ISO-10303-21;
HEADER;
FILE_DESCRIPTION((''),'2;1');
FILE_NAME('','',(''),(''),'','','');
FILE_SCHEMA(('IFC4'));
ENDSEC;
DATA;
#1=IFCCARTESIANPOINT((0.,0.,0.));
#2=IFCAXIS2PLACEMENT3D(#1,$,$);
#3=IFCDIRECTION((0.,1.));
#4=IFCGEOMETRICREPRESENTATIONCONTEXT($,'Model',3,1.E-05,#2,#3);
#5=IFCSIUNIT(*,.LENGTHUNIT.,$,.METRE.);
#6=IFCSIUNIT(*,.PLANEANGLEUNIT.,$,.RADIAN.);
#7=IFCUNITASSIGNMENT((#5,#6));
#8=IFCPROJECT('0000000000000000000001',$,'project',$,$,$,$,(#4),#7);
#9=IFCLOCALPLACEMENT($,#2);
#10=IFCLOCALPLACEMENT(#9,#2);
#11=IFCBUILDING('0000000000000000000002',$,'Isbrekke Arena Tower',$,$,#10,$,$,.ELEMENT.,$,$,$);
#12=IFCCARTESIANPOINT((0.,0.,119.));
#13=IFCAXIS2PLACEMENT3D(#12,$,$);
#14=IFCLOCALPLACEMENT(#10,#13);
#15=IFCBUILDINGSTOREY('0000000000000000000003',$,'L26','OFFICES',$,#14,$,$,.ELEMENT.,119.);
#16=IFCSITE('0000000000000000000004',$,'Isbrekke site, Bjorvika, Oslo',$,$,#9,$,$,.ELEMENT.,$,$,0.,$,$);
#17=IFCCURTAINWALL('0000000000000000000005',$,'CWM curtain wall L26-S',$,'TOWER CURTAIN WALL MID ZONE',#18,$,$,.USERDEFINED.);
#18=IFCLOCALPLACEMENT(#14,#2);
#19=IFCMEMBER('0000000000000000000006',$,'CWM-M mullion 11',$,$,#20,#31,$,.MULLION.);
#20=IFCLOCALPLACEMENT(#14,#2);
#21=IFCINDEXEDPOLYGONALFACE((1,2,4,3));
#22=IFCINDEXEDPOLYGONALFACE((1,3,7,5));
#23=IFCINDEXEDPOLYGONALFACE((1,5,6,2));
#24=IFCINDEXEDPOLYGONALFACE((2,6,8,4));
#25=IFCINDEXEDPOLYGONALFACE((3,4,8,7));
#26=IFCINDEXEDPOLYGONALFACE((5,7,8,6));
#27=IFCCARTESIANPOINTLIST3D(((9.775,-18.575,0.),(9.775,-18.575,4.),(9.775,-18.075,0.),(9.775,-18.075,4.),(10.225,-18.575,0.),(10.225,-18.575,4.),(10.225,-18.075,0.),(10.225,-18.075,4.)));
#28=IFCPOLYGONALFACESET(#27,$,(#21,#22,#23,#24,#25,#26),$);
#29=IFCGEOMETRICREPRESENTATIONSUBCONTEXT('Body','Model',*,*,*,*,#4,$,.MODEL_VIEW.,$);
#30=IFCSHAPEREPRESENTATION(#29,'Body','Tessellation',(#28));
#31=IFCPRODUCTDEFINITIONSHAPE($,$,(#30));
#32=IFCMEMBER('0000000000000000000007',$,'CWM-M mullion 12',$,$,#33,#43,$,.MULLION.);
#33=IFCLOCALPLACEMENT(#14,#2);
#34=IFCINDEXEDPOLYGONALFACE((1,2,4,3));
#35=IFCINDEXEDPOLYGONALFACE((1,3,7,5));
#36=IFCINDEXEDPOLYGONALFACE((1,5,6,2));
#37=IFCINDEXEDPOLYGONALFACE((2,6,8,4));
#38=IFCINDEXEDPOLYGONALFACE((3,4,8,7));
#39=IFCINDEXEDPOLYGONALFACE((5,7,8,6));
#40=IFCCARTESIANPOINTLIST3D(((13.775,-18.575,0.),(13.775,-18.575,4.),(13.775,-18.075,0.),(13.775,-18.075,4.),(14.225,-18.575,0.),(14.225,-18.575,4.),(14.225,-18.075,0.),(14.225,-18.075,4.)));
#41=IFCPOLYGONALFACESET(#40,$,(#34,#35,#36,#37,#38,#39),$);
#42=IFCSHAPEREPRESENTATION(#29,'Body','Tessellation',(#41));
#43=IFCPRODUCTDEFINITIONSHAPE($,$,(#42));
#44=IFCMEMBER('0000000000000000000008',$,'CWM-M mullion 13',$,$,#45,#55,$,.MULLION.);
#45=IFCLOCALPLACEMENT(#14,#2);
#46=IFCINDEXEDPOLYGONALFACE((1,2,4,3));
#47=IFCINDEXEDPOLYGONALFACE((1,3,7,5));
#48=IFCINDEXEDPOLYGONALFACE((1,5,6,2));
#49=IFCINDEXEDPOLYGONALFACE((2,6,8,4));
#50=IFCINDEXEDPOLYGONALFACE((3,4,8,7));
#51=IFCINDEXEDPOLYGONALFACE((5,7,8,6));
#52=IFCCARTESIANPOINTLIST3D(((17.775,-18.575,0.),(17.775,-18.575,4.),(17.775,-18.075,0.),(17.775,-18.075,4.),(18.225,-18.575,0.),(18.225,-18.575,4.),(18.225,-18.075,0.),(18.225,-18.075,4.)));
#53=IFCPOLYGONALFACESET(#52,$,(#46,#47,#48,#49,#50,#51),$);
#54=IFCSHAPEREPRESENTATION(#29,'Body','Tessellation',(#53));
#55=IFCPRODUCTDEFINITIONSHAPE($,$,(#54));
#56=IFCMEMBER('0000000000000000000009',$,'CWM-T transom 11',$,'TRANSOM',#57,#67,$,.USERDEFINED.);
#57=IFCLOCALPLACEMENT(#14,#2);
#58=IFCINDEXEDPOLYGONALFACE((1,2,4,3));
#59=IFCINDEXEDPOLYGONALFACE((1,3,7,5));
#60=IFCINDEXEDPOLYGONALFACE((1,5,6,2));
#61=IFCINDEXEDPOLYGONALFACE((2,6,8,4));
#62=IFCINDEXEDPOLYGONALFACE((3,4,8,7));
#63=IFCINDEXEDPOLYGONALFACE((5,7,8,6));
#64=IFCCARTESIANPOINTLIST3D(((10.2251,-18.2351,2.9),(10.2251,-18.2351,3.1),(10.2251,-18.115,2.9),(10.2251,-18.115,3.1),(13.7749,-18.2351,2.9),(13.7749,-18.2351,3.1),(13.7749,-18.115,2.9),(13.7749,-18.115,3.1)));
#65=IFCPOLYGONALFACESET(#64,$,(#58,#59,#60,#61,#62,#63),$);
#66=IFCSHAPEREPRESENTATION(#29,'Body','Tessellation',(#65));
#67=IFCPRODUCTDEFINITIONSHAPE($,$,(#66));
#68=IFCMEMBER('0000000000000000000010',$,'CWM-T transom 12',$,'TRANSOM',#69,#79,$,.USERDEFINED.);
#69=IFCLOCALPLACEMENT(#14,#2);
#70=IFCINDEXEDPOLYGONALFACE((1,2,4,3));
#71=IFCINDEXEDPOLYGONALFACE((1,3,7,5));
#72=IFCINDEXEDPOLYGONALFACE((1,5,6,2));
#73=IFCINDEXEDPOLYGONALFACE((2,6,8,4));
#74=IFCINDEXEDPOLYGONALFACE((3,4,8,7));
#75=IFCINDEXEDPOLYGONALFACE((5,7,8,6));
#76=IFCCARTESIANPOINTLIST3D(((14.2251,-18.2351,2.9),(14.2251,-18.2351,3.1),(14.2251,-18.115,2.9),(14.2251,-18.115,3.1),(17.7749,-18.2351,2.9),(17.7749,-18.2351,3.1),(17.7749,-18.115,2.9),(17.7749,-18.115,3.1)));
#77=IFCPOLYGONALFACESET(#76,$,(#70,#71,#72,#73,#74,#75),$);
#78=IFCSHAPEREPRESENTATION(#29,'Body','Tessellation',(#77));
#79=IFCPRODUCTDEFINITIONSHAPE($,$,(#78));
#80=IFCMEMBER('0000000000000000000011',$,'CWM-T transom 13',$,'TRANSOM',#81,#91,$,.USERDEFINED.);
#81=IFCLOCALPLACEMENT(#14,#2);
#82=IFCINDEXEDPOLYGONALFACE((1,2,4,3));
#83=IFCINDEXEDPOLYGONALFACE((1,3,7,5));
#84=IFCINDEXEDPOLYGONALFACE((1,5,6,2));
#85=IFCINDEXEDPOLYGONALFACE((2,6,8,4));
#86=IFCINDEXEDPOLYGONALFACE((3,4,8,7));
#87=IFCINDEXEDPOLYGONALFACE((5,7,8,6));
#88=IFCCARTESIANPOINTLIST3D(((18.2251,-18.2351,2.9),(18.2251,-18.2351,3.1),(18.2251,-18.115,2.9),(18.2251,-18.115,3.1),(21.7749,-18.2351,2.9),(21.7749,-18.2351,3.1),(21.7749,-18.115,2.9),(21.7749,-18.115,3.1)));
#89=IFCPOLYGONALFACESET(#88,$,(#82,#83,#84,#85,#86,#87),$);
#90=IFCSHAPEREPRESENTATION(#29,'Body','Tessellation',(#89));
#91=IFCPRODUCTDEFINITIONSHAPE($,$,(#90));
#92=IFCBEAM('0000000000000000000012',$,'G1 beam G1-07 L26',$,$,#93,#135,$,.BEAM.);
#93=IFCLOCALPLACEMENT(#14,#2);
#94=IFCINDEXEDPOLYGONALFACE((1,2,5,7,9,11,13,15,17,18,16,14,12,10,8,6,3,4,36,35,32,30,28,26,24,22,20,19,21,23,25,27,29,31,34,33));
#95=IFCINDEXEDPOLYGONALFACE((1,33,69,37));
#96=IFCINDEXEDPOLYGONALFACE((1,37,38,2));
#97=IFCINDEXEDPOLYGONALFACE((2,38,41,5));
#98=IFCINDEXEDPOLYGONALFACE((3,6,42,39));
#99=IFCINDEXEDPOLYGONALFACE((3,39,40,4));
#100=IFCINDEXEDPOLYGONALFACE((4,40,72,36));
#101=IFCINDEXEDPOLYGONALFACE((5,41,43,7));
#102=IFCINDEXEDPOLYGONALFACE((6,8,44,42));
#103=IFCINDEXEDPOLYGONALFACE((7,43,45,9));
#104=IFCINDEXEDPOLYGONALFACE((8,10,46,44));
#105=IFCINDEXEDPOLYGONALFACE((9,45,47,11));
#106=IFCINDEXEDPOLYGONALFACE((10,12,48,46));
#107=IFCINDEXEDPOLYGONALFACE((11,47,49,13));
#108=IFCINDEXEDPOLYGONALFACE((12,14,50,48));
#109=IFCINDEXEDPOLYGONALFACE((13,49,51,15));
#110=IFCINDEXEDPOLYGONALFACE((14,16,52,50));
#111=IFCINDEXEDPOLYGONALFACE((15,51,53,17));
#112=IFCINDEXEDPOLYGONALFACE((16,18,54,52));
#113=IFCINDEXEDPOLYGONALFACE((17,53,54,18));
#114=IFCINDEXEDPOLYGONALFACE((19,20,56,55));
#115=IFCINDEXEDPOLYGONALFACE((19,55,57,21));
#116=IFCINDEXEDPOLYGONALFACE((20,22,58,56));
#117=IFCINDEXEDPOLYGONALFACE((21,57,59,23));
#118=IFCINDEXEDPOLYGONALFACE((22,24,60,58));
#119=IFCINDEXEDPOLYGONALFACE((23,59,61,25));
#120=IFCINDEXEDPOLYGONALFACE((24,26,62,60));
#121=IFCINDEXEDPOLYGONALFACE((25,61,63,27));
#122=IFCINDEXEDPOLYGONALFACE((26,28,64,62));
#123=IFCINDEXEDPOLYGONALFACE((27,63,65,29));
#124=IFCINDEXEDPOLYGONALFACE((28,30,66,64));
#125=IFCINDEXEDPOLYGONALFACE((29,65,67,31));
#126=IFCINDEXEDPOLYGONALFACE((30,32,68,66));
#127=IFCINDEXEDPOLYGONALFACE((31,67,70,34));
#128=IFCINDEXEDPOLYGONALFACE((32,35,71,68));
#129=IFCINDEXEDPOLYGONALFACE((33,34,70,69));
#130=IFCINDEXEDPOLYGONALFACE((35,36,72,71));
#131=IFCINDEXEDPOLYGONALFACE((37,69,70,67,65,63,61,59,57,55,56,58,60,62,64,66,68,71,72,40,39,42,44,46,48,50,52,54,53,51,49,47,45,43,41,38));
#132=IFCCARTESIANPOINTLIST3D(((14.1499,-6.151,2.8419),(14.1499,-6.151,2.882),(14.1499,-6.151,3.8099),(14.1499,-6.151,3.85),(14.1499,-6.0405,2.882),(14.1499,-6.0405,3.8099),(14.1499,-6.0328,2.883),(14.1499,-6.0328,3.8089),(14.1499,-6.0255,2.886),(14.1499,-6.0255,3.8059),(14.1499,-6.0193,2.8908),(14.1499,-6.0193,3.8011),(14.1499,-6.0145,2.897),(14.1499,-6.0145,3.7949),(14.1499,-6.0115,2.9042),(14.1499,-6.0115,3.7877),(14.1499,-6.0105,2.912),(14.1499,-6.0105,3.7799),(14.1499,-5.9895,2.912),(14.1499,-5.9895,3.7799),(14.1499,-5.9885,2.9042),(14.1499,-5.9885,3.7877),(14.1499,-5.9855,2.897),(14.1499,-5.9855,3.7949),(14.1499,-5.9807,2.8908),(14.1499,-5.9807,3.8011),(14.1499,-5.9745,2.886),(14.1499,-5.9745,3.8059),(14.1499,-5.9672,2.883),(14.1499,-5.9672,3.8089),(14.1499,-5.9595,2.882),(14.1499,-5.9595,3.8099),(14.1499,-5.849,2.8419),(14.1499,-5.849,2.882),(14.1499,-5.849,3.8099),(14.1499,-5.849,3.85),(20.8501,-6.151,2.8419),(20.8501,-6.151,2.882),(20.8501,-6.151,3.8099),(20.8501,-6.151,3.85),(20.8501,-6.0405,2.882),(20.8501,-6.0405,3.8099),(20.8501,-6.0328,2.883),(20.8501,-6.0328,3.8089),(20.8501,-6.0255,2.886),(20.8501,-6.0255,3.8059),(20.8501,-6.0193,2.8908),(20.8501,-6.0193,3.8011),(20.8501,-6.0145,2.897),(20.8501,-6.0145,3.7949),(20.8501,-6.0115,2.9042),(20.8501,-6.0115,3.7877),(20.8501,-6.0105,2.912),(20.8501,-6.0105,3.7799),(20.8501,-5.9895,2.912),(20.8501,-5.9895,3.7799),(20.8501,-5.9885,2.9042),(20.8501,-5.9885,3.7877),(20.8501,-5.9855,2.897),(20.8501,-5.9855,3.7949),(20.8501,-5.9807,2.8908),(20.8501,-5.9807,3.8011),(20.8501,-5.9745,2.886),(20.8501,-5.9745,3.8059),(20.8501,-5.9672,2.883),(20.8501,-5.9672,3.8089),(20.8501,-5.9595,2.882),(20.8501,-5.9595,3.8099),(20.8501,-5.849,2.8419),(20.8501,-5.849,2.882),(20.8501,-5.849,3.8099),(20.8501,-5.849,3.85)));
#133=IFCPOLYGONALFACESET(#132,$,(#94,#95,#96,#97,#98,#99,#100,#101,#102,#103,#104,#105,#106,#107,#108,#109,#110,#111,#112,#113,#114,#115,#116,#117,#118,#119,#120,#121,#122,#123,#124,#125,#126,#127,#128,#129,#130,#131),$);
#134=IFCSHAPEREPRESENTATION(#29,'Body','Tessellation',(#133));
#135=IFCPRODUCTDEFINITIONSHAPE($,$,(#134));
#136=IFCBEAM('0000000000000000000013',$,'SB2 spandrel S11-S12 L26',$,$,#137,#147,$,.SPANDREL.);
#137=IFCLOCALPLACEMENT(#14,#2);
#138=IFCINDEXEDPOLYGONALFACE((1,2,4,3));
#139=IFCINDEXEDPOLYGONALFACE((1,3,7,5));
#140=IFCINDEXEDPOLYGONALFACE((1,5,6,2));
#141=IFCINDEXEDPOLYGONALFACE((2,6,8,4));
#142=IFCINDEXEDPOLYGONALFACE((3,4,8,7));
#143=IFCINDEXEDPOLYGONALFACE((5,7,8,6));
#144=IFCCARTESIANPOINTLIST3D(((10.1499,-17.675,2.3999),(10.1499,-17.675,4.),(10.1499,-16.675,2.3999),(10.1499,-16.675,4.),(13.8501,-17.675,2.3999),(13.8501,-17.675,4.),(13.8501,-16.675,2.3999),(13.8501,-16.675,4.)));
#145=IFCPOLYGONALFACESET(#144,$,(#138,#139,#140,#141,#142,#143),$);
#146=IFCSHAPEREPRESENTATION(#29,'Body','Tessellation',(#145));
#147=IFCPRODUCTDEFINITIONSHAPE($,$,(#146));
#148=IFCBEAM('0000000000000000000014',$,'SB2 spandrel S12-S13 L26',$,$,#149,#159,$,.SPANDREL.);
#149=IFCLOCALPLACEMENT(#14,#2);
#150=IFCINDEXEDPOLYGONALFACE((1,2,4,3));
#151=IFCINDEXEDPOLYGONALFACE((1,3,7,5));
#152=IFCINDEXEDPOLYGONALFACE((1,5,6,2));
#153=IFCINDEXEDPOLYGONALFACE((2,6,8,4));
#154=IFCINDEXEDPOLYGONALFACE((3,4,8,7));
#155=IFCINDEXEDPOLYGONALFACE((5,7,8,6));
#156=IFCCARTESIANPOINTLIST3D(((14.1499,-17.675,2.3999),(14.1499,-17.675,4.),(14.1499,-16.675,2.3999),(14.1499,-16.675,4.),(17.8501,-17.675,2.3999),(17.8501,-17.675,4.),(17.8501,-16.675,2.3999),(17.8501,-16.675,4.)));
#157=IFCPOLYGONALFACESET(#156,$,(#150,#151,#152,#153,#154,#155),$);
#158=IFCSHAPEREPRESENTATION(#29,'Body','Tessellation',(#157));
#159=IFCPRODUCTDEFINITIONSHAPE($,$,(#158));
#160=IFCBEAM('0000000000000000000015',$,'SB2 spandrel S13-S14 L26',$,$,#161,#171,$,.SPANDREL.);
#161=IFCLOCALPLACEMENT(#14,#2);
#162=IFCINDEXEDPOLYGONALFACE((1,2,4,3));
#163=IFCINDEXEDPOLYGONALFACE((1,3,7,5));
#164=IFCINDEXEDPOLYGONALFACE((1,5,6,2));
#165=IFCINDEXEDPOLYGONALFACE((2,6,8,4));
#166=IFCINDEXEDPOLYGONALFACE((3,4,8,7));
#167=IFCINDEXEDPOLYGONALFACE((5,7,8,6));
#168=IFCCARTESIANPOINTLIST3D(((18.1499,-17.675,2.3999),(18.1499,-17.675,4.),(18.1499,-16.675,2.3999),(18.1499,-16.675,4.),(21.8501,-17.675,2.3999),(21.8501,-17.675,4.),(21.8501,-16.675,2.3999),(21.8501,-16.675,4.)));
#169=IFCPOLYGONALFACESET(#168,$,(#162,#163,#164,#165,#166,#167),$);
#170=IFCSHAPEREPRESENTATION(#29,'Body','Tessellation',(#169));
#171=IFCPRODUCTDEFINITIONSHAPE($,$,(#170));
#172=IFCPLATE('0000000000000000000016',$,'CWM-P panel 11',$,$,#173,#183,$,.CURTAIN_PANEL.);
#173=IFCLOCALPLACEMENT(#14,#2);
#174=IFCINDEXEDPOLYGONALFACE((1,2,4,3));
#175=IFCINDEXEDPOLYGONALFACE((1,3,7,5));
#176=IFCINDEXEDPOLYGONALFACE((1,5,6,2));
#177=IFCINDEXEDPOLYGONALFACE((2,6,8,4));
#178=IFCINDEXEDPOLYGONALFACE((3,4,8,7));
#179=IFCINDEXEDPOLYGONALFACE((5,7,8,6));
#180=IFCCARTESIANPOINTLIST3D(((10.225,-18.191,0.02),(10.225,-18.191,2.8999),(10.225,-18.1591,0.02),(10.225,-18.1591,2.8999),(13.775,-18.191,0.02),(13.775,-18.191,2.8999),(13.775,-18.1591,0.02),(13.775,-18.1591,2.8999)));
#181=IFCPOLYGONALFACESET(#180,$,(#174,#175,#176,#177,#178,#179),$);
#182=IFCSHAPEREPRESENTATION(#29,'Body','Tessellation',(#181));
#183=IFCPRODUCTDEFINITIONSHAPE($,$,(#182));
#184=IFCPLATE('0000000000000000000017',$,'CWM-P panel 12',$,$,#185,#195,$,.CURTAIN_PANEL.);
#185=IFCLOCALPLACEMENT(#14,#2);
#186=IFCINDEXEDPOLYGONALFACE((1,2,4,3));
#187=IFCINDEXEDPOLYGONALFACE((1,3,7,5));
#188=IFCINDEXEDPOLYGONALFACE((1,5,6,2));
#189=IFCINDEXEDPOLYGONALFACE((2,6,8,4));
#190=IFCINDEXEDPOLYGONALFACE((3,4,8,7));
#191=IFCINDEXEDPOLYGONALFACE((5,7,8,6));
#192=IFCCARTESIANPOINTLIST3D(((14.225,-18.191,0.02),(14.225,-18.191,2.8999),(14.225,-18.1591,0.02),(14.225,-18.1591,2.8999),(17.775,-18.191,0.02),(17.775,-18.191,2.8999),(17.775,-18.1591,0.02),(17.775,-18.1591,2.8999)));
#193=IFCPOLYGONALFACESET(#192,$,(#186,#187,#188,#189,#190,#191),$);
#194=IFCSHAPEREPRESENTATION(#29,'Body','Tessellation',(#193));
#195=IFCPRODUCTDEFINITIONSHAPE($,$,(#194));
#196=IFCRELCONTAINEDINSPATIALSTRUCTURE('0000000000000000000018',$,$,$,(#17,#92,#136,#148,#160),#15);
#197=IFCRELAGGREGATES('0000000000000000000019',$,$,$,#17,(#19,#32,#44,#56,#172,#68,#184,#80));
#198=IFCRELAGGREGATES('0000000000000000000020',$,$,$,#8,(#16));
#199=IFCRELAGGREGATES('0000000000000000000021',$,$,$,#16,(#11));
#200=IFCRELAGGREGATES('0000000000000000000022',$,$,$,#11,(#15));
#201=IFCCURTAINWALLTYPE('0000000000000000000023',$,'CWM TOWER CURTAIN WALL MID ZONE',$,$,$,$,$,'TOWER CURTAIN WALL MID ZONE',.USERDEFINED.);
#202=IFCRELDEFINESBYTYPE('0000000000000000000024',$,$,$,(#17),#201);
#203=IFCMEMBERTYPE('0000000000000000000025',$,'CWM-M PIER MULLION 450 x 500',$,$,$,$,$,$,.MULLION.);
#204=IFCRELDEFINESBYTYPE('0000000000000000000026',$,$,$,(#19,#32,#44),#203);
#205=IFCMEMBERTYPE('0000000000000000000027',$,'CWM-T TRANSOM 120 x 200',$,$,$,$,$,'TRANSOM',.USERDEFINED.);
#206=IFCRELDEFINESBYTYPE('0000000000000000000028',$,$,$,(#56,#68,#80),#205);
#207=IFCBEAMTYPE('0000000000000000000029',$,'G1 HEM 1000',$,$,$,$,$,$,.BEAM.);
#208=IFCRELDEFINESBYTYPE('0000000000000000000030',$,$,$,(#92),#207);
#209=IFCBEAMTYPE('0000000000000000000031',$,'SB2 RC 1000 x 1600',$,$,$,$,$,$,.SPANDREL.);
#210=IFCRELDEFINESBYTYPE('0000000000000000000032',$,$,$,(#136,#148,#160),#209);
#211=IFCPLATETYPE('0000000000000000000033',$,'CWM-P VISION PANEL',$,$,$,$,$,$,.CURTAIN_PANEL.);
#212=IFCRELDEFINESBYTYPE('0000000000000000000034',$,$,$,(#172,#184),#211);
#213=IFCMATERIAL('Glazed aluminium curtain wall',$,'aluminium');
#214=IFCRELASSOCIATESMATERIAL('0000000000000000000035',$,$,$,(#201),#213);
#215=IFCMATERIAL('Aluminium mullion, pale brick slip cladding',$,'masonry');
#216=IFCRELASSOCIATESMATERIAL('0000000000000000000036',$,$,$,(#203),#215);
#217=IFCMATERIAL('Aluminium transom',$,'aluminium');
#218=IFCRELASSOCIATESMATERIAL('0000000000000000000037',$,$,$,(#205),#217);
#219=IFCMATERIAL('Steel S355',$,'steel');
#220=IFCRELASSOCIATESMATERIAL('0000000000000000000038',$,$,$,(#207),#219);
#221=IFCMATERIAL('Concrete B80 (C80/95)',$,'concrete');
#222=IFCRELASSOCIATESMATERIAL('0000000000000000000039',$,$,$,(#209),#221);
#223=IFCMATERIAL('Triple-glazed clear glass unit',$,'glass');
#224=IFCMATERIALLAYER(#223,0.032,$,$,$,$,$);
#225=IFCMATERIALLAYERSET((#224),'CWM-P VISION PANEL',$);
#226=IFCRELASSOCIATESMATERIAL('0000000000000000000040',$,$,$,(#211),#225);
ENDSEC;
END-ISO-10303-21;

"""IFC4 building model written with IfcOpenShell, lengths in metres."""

from ifc_helpers import new_model, si_unit, direction, frame, origin, origin_2d, place, context, subcontext, project, spatial, rectangle, i_section, extrude, material, layer, layer_set, material_profile, profile_set, type_object, element, aggregate, save


model = new_model("IFC4")

# Units and contexts
model_context = context("Model", 3, precision=1e-05, world=origin(), true_north=direction((0.0, 1.0)))
body_context = subcontext(model_context, "Body", "Model", "MODEL_VIEW")
ifc_project = project(units=[si_unit("LENGTHUNIT", "METRE"), si_unit("PLANEANGLEUNIT", "RADIAN")], contexts=[model_context])

# Site, building, storey
site_placement = place(None, origin())
site = spatial("IfcSite", under=ifc_project, at=site_placement, Name="Isbrekke site, Bjorvika, Oslo", CompositionType="ELEMENT", RefElevation=0.0)
building_placement = place(site_placement, origin())
building = spatial("IfcBuilding", under=site, at=building_placement, Name="Isbrekke Arena Tower", CompositionType="ELEMENT")
storey_placement = place(building_placement, frame((0.0, 0.0, 119.0)))
storey = spatial("IfcBuildingStorey", under=building, at=storey_placement, Name="L26", Description="OFFICES", CompositionType="ELEMENT", Elevation=119.0)

# Curtain wall, members
ifc_material_1 = material(Name="Glazed aluminium curtain wall", Category="aluminium")
curtain_wall_type = type_object("IfcCurtainWallType", Name="CWM TOWER CURTAIN WALL MID ZONE", ElementType="TOWER CURTAIN WALL MID ZONE", PredefinedType="USERDEFINED", material=ifc_material_1)
curtain_wall_placement = place(storey_placement, origin())
curtain_wall = element("IfcCurtainWall", 1, at=curtain_wall_placement, inside=storey, type_object=curtain_wall_type, Name="CWM curtain wall L26-S", ObjectType="TOWER CURTAIN WALL MID ZONE", PredefinedType="USERDEFINED")
ifc_material_2 = material(Name="Aluminium mullion, pale brick slip cladding", Category="masonry")
ifc_material_profile_1 = material_profile(ifc_material_2, rectangle(XDim=0.45, YDim=0.5, at=origin_2d()), Name="PIER 450X500")
ifc_profile_set_1 = profile_set([ifc_material_profile_1], Name="Aluminium mullion, pale brick slip cladding")
member_type_1 = type_object("IfcMemberType", Name="CWM-M PIER MULLION 450 x 500", PredefinedType="MULLION", material=ifc_profile_set_1)
member_1_placement = place(storey_placement, frame((10.0, -18.325, 0.0), z_axis=(0.0, 0.0, 1.0), x_axis=(1.0, 0.0, 0.0)))
member_1 = element("IfcMember", 2, at=member_1_placement, type_object=member_type_1, Name="CWM-M mullion 11", PredefinedType="MULLION", context=body_context, shape_type="SweptSolid", body=[
    extrude(rectangle(XDim=0.45, YDim=0.5, at=origin_2d()), origin(), (0.0, 0.0, 1.0), 4.0),
])
member_2_placement = place(storey_placement, frame((14.0, -18.325, 0.0), z_axis=(0.0, 0.0, 1.0), x_axis=(1.0, 0.0, 0.0)))
member_2 = element("IfcMember", 3, at=member_2_placement, type_object=member_type_1, Name="CWM-M mullion 12", PredefinedType="MULLION", context=body_context, shape_type="SweptSolid", body=[
    extrude(rectangle(XDim=0.45, YDim=0.5, at=origin_2d()), origin(), (0.0, 0.0, 1.0), 4.0),
])
member_3_placement = place(storey_placement, frame((18.0, -18.325, 0.0), z_axis=(0.0, 0.0, 1.0), x_axis=(1.0, 0.0, 0.0)))
member_3 = element("IfcMember", 4, at=member_3_placement, type_object=member_type_1, Name="CWM-M mullion 13", PredefinedType="MULLION", context=body_context, shape_type="SweptSolid", body=[
    extrude(rectangle(XDim=0.45, YDim=0.5, at=origin_2d()), origin(), (0.0, 0.0, 1.0), 4.0),
])
ifc_material_3 = material(Name="Aluminium transom", Category="aluminium")
ifc_material_profile_2 = material_profile(ifc_material_3, rectangle(XDim=0.1201, YDim=0.2, at=origin_2d()), Name="TRANSOM 120X200")
ifc_profile_set_2 = profile_set([ifc_material_profile_2], Name="Aluminium transom")
member_type_2 = type_object("IfcMemberType", Name="CWM-T TRANSOM 120 x 200", ElementType="TRANSOM", PredefinedType="USERDEFINED", material=ifc_profile_set_2)
member_4_placement = place(storey_placement, frame((10.2251, -18.175, 3.0), z_axis=(1.0, 0.0, 0.0), x_axis=(0.0, 1.0, 0.0)))
member_4 = element("IfcMember", 5, at=member_4_placement, type_object=member_type_2, Name="CWM-T transom 11", ObjectType="TRANSOM", PredefinedType="USERDEFINED", context=body_context, shape_type="SweptSolid", body=[
    extrude(rectangle(XDim=0.1201, YDim=0.2, at=origin_2d()), origin(), (0.0, 0.0, 1.0), 3.5498),
])
member_5_placement = place(storey_placement, frame((14.2251, -18.175, 3.0), z_axis=(1.0, 0.0, 0.0), x_axis=(0.0, 1.0, 0.0)))
member_5 = element("IfcMember", 6, at=member_5_placement, type_object=member_type_2, Name="CWM-T transom 12", ObjectType="TRANSOM", PredefinedType="USERDEFINED", context=body_context, shape_type="SweptSolid", body=[
    extrude(rectangle(XDim=0.1201, YDim=0.2, at=origin_2d()), origin(), (0.0, 0.0, 1.0), 3.5498),
])
member_6_placement = place(storey_placement, frame((18.2251, -18.175, 3.0), z_axis=(1.0, 0.0, 0.0), x_axis=(0.0, 1.0, 0.0)))
member_6 = element("IfcMember", 7, at=member_6_placement, type_object=member_type_2, Name="CWM-T transom 13", ObjectType="TRANSOM", PredefinedType="USERDEFINED", context=body_context, shape_type="SweptSolid", body=[
    extrude(rectangle(XDim=0.1201, YDim=0.2, at=origin_2d()), origin(), (0.0, 0.0, 1.0), 3.5498),
])

# Beams
ifc_material_4 = material(Name="Steel S355", Category="steel")
ifc_material_profile_3 = material_profile(ifc_material_4, i_section(OverallWidth=0.302, OverallDepth=1.0081, WebThickness=0.021, FlangeThickness=0.04, FilletRadius=0.03, at=origin_2d()), Name="HEM 1000")
ifc_profile_set_3 = profile_set([ifc_material_profile_3], Name="Steel S355")
beam_type_1 = type_object("IfcBeamType", Name="G1 HEM 1000", PredefinedType="BEAM", material=ifc_profile_set_3)
beam_1_placement = place(storey_placement, frame((14.1499, -6.0, 3.3459), z_axis=(1.0, 0.0, 0.0), x_axis=(0.0, 1.0, 0.0)))
element("IfcBeam", 8, at=beam_1_placement, inside=storey, type_object=beam_type_1, Name="G1 beam G1-07 L26", PredefinedType="BEAM", context=body_context, shape_type="SweptSolid", body=[
    extrude(i_section(OverallWidth=0.302, OverallDepth=1.0081, WebThickness=0.021, FlangeThickness=0.04, FilletRadius=0.03, at=origin_2d()), origin(), (0.0, 0.0, 1.0), 6.7002),
])
ifc_material_5 = material(Name="Concrete B80 (C80/95)", Category="concrete")
ifc_material_profile_4 = material_profile(ifc_material_5, rectangle(XDim=1.0, YDim=1.6001, at=origin_2d()), Name="RC 1000x1600")
ifc_profile_set_4 = profile_set([ifc_material_profile_4], Name="Concrete B80 (C80/95)")
beam_type_2 = type_object("IfcBeamType", Name="SB2 RC 1000 x 1600", PredefinedType="SPANDREL", material=ifc_profile_set_4)
for number, where, z_axis, x_axis, name in (
    (9, (10.1499, -17.175, 3.2), (1.0, 0.0, 0.0), (0.0, 1.0, 0.0), "SB2 spandrel S11-S12 L26"),
    (10, (14.1499, -17.175, 3.2), (1.0, 0.0, 0.0), (0.0, 1.0, 0.0), "SB2 spandrel S12-S13 L26"),
    (11, (18.1499, -17.175, 3.2), (1.0, 0.0, 0.0), (0.0, 1.0, 0.0), "SB2 spandrel S13-S14 L26"),
):
    element("IfcBeam", number, at=place(storey_placement, frame(where, z_axis=z_axis, x_axis=x_axis)), inside=storey, type_object=beam_type_2, Name=name, PredefinedType="SPANDREL", context=body_context, shape_type="SweptSolid", body=[
        extrude(rectangle(XDim=1.0, YDim=1.6001, at=origin_2d()), origin(), (0.0, 0.0, 1.0), 3.7002),
    ])

# Plates
ifc_material_6 = material(Name="Triple-glazed clear glass unit", Category="glass")
ifc_layer_1 = layer(ifc_material_6, 0.032)
ifc_layer_set_1 = layer_set([ifc_layer_1], Name="CWM-P VISION PANEL")
plate_type = type_object("IfcPlateType", Name="CWM-P VISION PANEL", PredefinedType="CURTAIN_PANEL", material=ifc_layer_set_1)
plate_1_placement = place(storey_placement, frame((12.0, -18.175, 0.02), z_axis=(0.0, 0.0, 1.0), x_axis=(1.0, 0.0, 0.0)))
plate_1 = element("IfcPlate", 12, at=plate_1_placement, type_object=plate_type, Name="CWM-P panel 11", PredefinedType="CURTAIN_PANEL", context=body_context, shape_type="SweptSolid", body=[
    extrude(rectangle(XDim=3.55, YDim=0.032, at=origin_2d()), origin(), (0.0, 0.0, 1.0), 2.8799),
])
plate_2_placement = place(storey_placement, frame((16.0, -18.175, 0.02), z_axis=(0.0, 0.0, 1.0), x_axis=(1.0, 0.0, 0.0)))
plate_2 = element("IfcPlate", 13, at=plate_2_placement, type_object=plate_type, Name="CWM-P panel 12", PredefinedType="CURTAIN_PANEL", context=body_context, shape_type="SweptSolid", body=[
    extrude(rectangle(XDim=3.55, YDim=0.032, at=origin_2d()), origin(), (0.0, 0.0, 1.0), 2.8799),
])
aggregate(curtain_wall, [member_1, member_2, member_3, member_4, plate_1, member_5, plate_2, member_6])

save(model, "model.ifc")
